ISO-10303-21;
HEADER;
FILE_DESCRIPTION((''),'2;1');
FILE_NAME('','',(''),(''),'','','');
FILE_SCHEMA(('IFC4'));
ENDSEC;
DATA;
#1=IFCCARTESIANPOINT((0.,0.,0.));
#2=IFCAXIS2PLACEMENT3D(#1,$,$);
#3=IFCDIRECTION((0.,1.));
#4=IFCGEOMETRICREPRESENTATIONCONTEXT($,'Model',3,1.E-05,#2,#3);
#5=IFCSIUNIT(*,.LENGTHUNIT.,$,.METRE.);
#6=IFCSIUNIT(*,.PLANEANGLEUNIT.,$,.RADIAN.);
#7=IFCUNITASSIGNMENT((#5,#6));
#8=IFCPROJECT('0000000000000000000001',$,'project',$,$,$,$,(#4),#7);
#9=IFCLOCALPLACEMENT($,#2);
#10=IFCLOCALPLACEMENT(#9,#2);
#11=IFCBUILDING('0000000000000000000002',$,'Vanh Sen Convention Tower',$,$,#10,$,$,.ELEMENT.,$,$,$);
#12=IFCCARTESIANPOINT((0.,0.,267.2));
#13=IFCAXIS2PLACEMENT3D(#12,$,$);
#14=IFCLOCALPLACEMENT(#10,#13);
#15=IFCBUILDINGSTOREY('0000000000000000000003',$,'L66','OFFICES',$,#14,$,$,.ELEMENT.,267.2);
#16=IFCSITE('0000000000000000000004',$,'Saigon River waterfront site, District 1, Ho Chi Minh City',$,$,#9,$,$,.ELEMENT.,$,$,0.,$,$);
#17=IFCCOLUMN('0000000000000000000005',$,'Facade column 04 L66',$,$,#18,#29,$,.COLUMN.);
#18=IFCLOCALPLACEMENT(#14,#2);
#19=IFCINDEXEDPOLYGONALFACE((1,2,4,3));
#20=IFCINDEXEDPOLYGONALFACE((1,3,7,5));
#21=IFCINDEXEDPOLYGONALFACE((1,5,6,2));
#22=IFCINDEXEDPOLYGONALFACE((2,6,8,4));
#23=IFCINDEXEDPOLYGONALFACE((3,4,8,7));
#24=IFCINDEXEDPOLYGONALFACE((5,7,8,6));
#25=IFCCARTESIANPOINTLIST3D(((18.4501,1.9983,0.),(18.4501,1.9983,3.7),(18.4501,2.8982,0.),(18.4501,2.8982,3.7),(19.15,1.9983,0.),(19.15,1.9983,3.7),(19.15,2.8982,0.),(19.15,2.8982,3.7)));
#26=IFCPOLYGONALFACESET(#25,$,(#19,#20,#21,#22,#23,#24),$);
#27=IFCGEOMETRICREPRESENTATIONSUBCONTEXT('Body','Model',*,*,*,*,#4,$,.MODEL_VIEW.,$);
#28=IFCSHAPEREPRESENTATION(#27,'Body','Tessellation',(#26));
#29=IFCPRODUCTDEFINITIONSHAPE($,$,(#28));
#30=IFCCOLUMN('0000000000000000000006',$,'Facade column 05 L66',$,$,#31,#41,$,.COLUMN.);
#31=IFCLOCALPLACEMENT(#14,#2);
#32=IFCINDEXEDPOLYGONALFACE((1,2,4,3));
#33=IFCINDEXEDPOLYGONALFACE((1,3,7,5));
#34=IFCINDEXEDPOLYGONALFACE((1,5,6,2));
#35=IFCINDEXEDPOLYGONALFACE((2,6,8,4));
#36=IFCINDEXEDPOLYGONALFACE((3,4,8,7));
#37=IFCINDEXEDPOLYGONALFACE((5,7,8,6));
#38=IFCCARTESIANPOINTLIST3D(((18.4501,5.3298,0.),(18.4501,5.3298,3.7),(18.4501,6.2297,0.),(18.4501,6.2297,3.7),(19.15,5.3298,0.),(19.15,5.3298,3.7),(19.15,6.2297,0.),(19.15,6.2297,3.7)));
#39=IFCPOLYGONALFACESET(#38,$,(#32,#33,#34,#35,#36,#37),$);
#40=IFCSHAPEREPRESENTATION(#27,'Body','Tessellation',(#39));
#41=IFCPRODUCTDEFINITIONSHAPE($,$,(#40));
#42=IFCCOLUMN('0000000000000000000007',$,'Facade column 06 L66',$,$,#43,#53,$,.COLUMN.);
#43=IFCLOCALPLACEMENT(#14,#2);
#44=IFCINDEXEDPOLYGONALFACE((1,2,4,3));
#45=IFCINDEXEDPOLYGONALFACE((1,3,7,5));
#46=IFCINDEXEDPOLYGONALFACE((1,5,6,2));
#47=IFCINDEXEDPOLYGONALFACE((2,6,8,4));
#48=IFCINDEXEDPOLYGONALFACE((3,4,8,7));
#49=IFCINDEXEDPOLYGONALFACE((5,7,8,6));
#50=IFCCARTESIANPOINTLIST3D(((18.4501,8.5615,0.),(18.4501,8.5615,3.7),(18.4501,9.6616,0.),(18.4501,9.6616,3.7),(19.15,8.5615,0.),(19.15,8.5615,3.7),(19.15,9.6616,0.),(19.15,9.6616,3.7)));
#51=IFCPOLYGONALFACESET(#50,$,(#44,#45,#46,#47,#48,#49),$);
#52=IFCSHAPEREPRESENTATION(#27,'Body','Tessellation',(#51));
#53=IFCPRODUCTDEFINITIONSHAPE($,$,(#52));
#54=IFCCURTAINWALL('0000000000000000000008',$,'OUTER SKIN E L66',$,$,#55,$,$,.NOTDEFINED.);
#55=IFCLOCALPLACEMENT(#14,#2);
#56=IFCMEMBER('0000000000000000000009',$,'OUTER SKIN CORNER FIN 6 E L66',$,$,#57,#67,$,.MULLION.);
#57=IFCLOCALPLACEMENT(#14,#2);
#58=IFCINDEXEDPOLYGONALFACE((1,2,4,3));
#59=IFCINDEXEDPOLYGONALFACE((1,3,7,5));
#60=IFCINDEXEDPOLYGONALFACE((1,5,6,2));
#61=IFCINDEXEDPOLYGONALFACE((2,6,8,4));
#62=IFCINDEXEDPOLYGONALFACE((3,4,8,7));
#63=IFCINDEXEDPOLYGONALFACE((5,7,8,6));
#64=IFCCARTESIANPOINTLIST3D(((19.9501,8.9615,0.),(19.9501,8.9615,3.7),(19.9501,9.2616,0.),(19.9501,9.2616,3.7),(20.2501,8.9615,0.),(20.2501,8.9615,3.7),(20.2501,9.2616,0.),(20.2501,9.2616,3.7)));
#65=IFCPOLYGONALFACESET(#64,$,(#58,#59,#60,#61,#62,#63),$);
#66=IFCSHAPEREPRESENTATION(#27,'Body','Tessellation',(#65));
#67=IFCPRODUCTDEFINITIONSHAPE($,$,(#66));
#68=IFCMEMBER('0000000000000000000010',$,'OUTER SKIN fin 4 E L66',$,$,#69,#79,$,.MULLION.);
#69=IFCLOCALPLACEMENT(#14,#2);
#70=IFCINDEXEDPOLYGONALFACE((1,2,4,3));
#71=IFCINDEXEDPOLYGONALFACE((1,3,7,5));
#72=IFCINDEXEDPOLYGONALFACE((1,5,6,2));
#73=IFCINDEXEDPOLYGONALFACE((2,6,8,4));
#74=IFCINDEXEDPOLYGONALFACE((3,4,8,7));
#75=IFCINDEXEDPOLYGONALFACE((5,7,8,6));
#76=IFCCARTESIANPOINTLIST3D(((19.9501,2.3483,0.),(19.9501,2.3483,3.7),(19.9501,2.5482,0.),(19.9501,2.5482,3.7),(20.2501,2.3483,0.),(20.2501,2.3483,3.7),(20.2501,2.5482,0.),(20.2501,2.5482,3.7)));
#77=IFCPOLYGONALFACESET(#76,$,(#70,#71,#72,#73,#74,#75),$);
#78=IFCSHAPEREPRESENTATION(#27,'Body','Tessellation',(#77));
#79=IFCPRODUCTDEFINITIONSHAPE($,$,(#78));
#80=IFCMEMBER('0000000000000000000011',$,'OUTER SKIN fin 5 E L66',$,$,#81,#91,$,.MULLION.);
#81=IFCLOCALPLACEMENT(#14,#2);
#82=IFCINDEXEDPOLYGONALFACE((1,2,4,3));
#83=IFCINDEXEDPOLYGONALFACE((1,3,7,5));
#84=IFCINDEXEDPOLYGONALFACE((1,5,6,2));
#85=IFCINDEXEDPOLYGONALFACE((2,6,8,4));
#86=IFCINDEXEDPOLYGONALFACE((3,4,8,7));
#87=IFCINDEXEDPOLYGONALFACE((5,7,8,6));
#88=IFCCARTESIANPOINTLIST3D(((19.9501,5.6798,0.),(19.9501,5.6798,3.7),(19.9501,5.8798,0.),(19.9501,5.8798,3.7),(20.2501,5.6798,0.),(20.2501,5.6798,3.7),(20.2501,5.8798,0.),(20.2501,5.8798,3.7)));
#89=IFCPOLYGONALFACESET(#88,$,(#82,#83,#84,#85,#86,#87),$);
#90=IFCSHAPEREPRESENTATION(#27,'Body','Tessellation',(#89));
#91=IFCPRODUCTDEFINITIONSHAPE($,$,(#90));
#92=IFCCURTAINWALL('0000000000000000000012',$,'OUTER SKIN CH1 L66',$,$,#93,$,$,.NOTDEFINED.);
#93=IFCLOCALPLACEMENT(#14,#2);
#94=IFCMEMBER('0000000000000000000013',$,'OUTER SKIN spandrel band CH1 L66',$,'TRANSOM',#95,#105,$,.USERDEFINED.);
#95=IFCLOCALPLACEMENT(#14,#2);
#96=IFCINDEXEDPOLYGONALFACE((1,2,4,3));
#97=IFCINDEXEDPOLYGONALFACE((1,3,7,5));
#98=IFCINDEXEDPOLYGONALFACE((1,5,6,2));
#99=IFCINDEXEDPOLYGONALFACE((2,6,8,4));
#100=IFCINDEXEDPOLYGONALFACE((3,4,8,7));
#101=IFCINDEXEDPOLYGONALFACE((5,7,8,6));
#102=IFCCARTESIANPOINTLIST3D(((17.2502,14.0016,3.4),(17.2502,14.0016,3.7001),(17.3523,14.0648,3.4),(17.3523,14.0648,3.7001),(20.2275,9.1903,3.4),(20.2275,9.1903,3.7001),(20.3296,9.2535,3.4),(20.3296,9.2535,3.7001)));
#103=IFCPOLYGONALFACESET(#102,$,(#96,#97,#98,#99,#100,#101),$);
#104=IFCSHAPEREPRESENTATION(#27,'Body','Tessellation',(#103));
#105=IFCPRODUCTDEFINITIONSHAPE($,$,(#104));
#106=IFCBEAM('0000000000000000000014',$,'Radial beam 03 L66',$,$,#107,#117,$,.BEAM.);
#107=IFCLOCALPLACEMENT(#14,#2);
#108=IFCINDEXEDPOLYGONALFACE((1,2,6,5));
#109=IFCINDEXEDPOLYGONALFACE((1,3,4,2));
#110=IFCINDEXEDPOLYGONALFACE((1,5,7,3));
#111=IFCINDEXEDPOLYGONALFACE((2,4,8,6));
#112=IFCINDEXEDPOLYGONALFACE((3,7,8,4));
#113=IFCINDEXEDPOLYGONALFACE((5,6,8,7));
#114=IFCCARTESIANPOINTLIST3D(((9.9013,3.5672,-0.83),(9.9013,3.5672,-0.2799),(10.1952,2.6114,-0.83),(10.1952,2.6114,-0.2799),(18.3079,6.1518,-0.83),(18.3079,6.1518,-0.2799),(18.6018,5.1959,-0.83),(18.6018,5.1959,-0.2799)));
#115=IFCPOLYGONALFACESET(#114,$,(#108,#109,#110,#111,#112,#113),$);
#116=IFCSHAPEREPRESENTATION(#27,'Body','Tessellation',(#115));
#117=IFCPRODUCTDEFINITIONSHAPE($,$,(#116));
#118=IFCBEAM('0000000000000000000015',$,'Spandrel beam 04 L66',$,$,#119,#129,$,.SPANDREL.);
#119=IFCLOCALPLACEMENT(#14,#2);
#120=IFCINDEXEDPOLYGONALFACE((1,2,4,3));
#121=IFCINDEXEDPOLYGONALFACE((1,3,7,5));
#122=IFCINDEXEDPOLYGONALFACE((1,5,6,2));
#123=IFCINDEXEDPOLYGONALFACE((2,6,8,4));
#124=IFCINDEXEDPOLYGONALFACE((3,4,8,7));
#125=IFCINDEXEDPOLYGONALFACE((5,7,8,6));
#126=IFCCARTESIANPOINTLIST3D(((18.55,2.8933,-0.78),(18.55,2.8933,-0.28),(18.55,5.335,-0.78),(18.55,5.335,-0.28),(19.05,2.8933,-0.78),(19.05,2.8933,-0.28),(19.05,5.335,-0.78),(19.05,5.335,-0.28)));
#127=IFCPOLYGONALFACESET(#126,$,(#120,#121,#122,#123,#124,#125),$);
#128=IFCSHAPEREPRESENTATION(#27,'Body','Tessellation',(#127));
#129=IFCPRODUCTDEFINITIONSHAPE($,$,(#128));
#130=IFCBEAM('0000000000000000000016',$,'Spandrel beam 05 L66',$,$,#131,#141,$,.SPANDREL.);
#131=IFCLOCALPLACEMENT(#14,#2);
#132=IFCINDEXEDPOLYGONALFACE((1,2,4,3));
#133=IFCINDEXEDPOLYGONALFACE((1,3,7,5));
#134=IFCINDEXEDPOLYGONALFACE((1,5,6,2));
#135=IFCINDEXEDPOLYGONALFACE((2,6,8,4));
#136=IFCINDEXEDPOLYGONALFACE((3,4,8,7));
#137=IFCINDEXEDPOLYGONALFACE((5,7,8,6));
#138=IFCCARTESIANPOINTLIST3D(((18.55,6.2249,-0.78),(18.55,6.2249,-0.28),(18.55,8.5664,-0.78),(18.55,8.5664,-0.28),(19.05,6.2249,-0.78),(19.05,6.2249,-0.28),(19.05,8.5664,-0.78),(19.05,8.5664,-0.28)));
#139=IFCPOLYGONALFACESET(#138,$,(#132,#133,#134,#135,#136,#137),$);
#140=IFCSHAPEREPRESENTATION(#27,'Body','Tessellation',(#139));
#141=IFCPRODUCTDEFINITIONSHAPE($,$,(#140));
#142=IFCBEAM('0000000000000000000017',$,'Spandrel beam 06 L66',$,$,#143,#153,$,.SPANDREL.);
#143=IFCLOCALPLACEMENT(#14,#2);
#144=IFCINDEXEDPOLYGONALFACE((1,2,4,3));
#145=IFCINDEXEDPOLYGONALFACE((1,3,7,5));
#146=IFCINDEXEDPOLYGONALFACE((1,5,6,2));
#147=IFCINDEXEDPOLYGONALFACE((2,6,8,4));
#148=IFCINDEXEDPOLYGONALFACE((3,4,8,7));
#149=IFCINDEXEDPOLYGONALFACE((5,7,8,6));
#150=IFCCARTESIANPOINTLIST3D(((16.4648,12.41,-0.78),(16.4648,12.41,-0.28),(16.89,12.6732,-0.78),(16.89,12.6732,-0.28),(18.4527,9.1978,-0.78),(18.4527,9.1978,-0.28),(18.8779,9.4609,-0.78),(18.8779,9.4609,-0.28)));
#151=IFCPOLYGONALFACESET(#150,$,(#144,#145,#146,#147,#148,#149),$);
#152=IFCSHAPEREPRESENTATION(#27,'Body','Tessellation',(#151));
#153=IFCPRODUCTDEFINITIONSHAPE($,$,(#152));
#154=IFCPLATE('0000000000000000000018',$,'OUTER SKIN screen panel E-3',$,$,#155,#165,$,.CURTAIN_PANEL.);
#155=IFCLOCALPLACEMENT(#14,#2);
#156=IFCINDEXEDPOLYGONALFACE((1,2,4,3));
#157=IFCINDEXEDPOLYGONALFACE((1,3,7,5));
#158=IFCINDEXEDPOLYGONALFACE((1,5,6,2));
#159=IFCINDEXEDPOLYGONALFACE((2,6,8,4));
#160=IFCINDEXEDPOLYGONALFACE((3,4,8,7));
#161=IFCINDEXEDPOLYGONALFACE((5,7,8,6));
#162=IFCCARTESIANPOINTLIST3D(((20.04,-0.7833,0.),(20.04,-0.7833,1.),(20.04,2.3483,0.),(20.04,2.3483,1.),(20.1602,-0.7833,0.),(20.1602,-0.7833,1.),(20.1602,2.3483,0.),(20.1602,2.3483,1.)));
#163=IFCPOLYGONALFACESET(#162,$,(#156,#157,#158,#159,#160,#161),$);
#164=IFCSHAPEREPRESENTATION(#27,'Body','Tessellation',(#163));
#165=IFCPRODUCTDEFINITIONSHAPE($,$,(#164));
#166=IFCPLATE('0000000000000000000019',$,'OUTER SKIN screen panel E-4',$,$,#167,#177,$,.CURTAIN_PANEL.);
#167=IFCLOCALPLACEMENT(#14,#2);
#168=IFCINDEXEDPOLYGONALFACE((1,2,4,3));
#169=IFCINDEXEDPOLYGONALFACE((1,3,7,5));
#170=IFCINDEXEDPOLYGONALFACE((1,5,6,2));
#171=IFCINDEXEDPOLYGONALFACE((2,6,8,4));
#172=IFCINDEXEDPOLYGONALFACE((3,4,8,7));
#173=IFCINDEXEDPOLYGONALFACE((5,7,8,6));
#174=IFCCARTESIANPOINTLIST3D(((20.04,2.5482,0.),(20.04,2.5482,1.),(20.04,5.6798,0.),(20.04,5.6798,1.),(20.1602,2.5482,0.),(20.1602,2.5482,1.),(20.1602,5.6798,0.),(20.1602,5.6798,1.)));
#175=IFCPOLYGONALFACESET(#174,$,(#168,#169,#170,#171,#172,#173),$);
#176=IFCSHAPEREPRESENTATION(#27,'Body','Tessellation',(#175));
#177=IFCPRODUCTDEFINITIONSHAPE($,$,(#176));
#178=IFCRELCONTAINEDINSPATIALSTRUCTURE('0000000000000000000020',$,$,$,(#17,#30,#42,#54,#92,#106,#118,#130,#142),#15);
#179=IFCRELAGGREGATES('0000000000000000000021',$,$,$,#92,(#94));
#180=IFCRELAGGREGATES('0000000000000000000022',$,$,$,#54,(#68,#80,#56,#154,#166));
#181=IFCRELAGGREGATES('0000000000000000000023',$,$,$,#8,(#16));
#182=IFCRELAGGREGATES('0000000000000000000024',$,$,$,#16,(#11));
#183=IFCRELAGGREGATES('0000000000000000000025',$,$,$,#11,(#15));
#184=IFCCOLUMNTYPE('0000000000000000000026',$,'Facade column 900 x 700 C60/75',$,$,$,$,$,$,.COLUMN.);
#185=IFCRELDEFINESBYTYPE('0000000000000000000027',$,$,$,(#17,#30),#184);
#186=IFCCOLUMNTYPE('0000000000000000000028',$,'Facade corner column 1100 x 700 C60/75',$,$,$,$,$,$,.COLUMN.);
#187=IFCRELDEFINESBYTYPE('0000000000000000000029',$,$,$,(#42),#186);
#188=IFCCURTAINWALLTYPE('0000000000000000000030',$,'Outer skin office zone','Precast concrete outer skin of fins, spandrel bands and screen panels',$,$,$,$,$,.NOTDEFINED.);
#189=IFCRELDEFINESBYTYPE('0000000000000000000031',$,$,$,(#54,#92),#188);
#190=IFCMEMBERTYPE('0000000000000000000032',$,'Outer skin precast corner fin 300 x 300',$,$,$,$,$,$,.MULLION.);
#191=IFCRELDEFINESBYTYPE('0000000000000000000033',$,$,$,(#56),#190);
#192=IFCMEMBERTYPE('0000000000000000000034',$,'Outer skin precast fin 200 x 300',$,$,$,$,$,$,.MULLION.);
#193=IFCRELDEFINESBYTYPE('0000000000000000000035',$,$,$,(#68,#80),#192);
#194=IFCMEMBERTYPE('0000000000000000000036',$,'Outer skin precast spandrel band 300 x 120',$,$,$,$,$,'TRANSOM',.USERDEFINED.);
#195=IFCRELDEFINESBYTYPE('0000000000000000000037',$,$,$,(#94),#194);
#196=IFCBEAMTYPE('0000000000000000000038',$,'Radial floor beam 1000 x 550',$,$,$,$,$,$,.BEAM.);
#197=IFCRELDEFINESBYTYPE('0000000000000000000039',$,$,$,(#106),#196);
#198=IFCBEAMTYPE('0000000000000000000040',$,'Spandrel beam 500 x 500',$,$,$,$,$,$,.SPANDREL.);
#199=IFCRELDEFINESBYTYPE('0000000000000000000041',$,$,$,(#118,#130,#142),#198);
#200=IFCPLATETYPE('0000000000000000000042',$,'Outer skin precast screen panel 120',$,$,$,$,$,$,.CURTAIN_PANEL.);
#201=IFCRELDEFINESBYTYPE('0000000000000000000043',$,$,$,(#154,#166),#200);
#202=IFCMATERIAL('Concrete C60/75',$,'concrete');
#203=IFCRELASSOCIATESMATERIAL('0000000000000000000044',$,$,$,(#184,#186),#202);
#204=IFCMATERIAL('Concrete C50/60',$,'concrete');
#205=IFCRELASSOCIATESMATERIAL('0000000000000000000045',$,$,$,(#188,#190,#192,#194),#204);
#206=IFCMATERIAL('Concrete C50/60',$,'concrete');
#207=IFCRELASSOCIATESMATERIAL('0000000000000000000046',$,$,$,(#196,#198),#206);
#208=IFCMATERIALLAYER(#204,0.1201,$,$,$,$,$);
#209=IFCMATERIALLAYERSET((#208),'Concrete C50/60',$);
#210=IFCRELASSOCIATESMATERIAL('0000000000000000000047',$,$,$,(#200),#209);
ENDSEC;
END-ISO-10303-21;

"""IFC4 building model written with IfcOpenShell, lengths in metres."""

from ifc_helpers import new_model, si_unit, direction, frame, origin, origin_2d, place, context, subcontext, project, spatial, rectangle, extrude, material, layer, layer_set, material_profile, profile_set, type_object, element, aggregate, save


model = new_model("IFC4")

# Units and contexts
model_context = context("Model", 3, precision=1e-05, world=origin(), true_north=direction((0.0, 1.0)))
body_context = subcontext(model_context, "Body", "Model", "MODEL_VIEW")
ifc_project = project(units=[si_unit("LENGTHUNIT", "METRE"), si_unit("PLANEANGLEUNIT", "RADIAN")], contexts=[model_context])

# Site, building, storey
site_placement = place(None, origin())
site = spatial("IfcSite", under=ifc_project, at=site_placement, Name="Saigon River waterfront site, District 1, Ho Chi Minh City", CompositionType="ELEMENT", RefElevation=0.0)
building_placement = place(site_placement, origin())
building = spatial("IfcBuilding", under=site, at=building_placement, Name="Vanh Sen Convention Tower", CompositionType="ELEMENT")
storey_placement = place(building_placement, frame((0.0, 0.0, 267.2)))
storey = spatial("IfcBuildingStorey", under=building, at=storey_placement, Name="L66", Description="OFFICES", CompositionType="ELEMENT", Elevation=267.2)

# Columns
ifc_material_1 = material(Name="Concrete C60/75", Category="concrete")
ifc_material_profile_1 = material_profile(ifc_material_1, rectangle(XDim=0.8999, YDim=0.7, at=origin_2d()), Name="RC 900X700")
ifc_profile_set_1 = profile_set([ifc_material_profile_1], Name="Concrete C60/75")
column_type_1 = type_object("IfcColumnType", Name="Facade column 900 x 700 C60/75", PredefinedType="COLUMN", material=ifc_profile_set_1)
for number, where, z_axis, x_axis, name in (
    (1, (18.8, 2.4482, 0.0), (0.0, 0.0, 1.0), (0.0, 1.0, 0.0), "Facade column 04 L66"),
    (2, (18.8, 5.7798, 0.0), (0.0, 0.0, 1.0), (0.0, 1.0, 0.0), "Facade column 05 L66"),
):
    element("IfcColumn", number, at=place(storey_placement, frame(where, z_axis=z_axis, x_axis=x_axis)), inside=storey, type_object=column_type_1, Name=name, PredefinedType="COLUMN", context=body_context, shape_type="SweptSolid", body=[
        extrude(rectangle(XDim=0.8999, YDim=0.7, at=origin_2d()), origin(), (0.0, 0.0, 1.0), 3.7),
    ])
ifc_material_profile_2 = material_profile(ifc_material_1, rectangle(XDim=1.1001, YDim=0.7, at=origin_2d()), Name="RC 1100X700")
ifc_profile_set_2 = profile_set([ifc_material_profile_2], Name="Concrete C60/75")
column_type_2 = type_object("IfcColumnType", Name="Facade corner column 1100 x 700 C60/75", PredefinedType="COLUMN", material=ifc_profile_set_2)
column_placement = place(storey_placement, frame((18.8, 9.1116, 0.0), z_axis=(0.0, 0.0, 1.0), x_axis=(0.0, 1.0, 0.0)))
element("IfcColumn", 3, at=column_placement, inside=storey, type_object=column_type_2, Name="Facade column 06 L66", PredefinedType="COLUMN", context=body_context, shape_type="SweptSolid", body=[
    extrude(rectangle(XDim=1.1001, YDim=0.7, at=origin_2d()), origin(), (0.0, 0.0, 1.0), 3.7),
])

# Curtain wall, members
ifc_material_2 = material(Name="Concrete C50/60", Category="concrete")
curtain_wall_type = type_object("IfcCurtainWallType", Name="Outer skin office zone", Description="Precast concrete outer skin of fins, spandrel bands and screen panels", PredefinedType="NOTDEFINED", material=ifc_material_2)
curtain_wall_1_placement = place(storey_placement, origin())
curtain_wall_1 = element("IfcCurtainWall", 4, at=curtain_wall_1_placement, inside=storey, type_object=curtain_wall_type, Name="OUTER SKIN E L66", PredefinedType="NOTDEFINED")
ifc_material_profile_3 = material_profile(ifc_material_2, rectangle(XDim=0.3, YDim=0.3, at=origin_2d()), Name="Outer skin precast corner fin 300 x 300")
ifc_profile_set_3 = profile_set([ifc_material_profile_3], Name="Concrete C50/60")
member_type_1 = type_object("IfcMemberType", Name="Outer skin precast corner fin 300 x 300", PredefinedType="MULLION", material=ifc_profile_set_3)
member_1_placement = place(storey_placement, frame((20.1001, 9.1116, 0.0), z_axis=(0.0, 0.0, 1.0), x_axis=(0.0, 1.0, 0.0)))
member_1 = element("IfcMember", 5, at=member_1_placement, type_object=member_type_1, Name="OUTER SKIN CORNER FIN 6 E L66", PredefinedType="MULLION", context=body_context, shape_type="SweptSolid", body=[
    extrude(rectangle(XDim=0.3, YDim=0.3, at=origin_2d()), origin(), (0.0, 0.0, 1.0), 3.7),
])
ifc_material_profile_4 = material_profile(ifc_material_2, rectangle(XDim=0.2, YDim=0.3, at=origin_2d()), Name="Outer skin precast fin 200 x 300")
ifc_profile_set_4 = profile_set([ifc_material_profile_4], Name="Concrete C50/60")
member_type_2 = type_object("IfcMemberType", Name="Outer skin precast fin 200 x 300", PredefinedType="MULLION", material=ifc_profile_set_4)
member_2_placement = place(storey_placement, frame((20.1001, 2.4482, 0.0), z_axis=(0.0, 0.0, 1.0), x_axis=(0.0, 1.0, 0.0)))
member_2 = element("IfcMember", 6, at=member_2_placement, type_object=member_type_2, Name="OUTER SKIN fin 4 E L66", PredefinedType="MULLION", context=body_context, shape_type="SweptSolid", body=[
    extrude(rectangle(XDim=0.2, YDim=0.3, at=origin_2d()), origin(), (0.0, 0.0, 1.0), 3.7),
])
member_3_placement = place(storey_placement, frame((20.1001, 5.7798, 0.0), z_axis=(0.0, 0.0, 1.0), x_axis=(0.0, 1.0, 0.0)))
member_3 = element("IfcMember", 7, at=member_3_placement, type_object=member_type_2, Name="OUTER SKIN fin 5 E L66", PredefinedType="MULLION", context=body_context, shape_type="SweptSolid", body=[
    extrude(rectangle(XDim=0.2, YDim=0.3, at=origin_2d()), origin(), (0.0, 0.0, 1.0), 3.7),
])

# Curtain wall, member
curtain_wall_2_placement = place(storey_placement, origin())
curtain_wall_2 = element("IfcCurtainWall", 8, at=curtain_wall_2_placement, inside=storey, type_object=curtain_wall_type, Name="OUTER SKIN CH1 L66", PredefinedType="NOTDEFINED")
ifc_material_profile_5 = material_profile(ifc_material_2, rectangle(XDim=0.1201, YDim=0.3, at=origin_2d()), Name="Outer skin precast spandrel band 300 x 120")
ifc_profile_set_5 = profile_set([ifc_material_profile_5], Name="Concrete C50/60")
member_type_3 = type_object("IfcMemberType", Name="Outer skin precast spandrel band 300 x 120", ElementType="TRANSOM", PredefinedType="USERDEFINED", material=ifc_profile_set_5)
member_4_placement = place(storey_placement, frame((20.2786, 9.2219, 3.55), z_axis=(-0.526212, 0.850353, 0.0), x_axis=(-0.850353, -0.526212, 0.0)))
member_4 = element("IfcMember", 9, at=member_4_placement, type_object=member_type_3, Name="OUTER SKIN spandrel band CH1 L66", ObjectType="TRANSOM", PredefinedType="USERDEFINED", context=body_context, shape_type="SweptSolid", body=[
    extrude(rectangle(XDim=0.1201, YDim=0.3, at=origin_2d()), origin(), (0.0, 0.0, 1.0), 5.658),
])
aggregate(curtain_wall_2, [member_4])

# Beams
ifc_material_3 = material(Name="Concrete C50/60", Category="concrete")
ifc_material_profile_6 = material_profile(ifc_material_3, rectangle(XDim=1.0, YDim=0.55, at=origin_2d()), Name="RC 1000X550")
ifc_profile_set_6 = profile_set([ifc_material_profile_6], Name="Concrete C50/60")
beam_type_1 = type_object("IfcBeamType", Name="Radial floor beam 1000 x 550", PredefinedType="BEAM", material=ifc_profile_set_6)
beam_1_placement = place(storey_placement, frame((18.4548, 5.6738, -0.5549), z_axis=(-0.955847, -0.293863, 0.0), x_axis=(0.293863, -0.955847, 0.0)))
element("IfcBeam", 10, at=beam_1_placement, inside=storey, type_object=beam_type_1, Name="Radial beam 03 L66", PredefinedType="BEAM", context=body_context, shape_type="SweptSolid", body=[
    extrude(rectangle(XDim=1.0, YDim=0.55, at=origin_2d()), origin(), (0.0, 0.0, 1.0), 8.7949),
])
ifc_material_profile_7 = material_profile(ifc_material_3, rectangle(XDim=0.5, YDim=0.5, at=origin_2d()), Name="RC 500X500")
ifc_profile_set_7 = profile_set([ifc_material_profile_7], Name="Concrete C50/60")
beam_type_2 = type_object("IfcBeamType", Name="Spandrel beam 500 x 500", PredefinedType="SPANDREL", material=ifc_profile_set_7)
beam_2_placement = place(storey_placement, frame((18.8, 2.8933, -0.53), z_axis=(0.0, 1.0, 0.0), x_axis=(-1.0, 0.0, 0.0)))
element("IfcBeam", 11, at=beam_2_placement, inside=storey, type_object=beam_type_2, Name="Spandrel beam 04 L66", PredefinedType="SPANDREL", context=body_context, shape_type="SweptSolid", body=[
    extrude(rectangle(XDim=0.5, YDim=0.5, at=origin_2d()), origin(), (0.0, 0.0, 1.0), 2.4417),
])
beam_3_placement = place(storey_placement, frame((18.8, 6.2249, -0.53), z_axis=(0.0, 1.0, 0.0), x_axis=(-1.0, 0.0, 0.0)))
element("IfcBeam", 12, at=beam_3_placement, inside=storey, type_object=beam_type_2, Name="Spandrel beam 05 L66", PredefinedType="SPANDREL", context=body_context, shape_type="SweptSolid", body=[
    extrude(rectangle(XDim=0.5, YDim=0.5, at=origin_2d()), origin(), (0.0, 0.0, 1.0), 2.3416),
])
beam_4_placement = place(storey_placement, frame((18.6653, 9.3293, -0.53), z_axis=(-0.526223, 0.850346, 0.0), x_axis=(-0.850346, -0.526223, 0.0)))
element("IfcBeam", 13, at=beam_4_placement, inside=storey, type_object=beam_type_2, Name="Spandrel beam 06 L66", PredefinedType="SPANDREL", context=body_context, shape_type="SweptSolid", body=[
    extrude(rectangle(XDim=0.5, YDim=0.5, at=origin_2d()), origin(), (0.0, 0.0, 1.0), 3.7776),
])

# Plates
ifc_layer_1 = layer(ifc_material_2, 0.1201)
ifc_layer_set_1 = layer_set([ifc_layer_1], Name="Concrete C50/60")
plate_type = type_object("IfcPlateType", Name="Outer skin precast screen panel 120", PredefinedType="CURTAIN_PANEL", material=ifc_layer_set_1)
plate_1_placement = place(storey_placement, frame((20.1001, 0.7825, 0.0), z_axis=(0.0, 0.0, 1.0), x_axis=(0.0, 1.0, 0.0)))
plate_1 = element("IfcPlate", 14, at=plate_1_placement, type_object=plate_type, Name="OUTER SKIN screen panel E-3", PredefinedType="CURTAIN_PANEL", context=body_context, shape_type="SweptSolid", body=[
    extrude(rectangle(XDim=3.1316, YDim=0.1201, at=origin_2d()), origin(), (0.0, 0.0, 1.0), 1.0),
])
plate_2_placement = place(storey_placement, frame((20.1001, 4.114, 0.0), z_axis=(0.0, 0.0, 1.0), x_axis=(0.0, 1.0, 0.0)))
plate_2 = element("IfcPlate", 15, at=plate_2_placement, type_object=plate_type, Name="OUTER SKIN screen panel E-4", PredefinedType="CURTAIN_PANEL", context=body_context, shape_type="SweptSolid", body=[
    extrude(rectangle(XDim=3.1316, YDim=0.1201, at=origin_2d()), origin(), (0.0, 0.0, 1.0), 1.0),
])
aggregate(curtain_wall_1, [member_2, member_3, member_1, plate_1, plate_2])

save(model, "model.ifc")
